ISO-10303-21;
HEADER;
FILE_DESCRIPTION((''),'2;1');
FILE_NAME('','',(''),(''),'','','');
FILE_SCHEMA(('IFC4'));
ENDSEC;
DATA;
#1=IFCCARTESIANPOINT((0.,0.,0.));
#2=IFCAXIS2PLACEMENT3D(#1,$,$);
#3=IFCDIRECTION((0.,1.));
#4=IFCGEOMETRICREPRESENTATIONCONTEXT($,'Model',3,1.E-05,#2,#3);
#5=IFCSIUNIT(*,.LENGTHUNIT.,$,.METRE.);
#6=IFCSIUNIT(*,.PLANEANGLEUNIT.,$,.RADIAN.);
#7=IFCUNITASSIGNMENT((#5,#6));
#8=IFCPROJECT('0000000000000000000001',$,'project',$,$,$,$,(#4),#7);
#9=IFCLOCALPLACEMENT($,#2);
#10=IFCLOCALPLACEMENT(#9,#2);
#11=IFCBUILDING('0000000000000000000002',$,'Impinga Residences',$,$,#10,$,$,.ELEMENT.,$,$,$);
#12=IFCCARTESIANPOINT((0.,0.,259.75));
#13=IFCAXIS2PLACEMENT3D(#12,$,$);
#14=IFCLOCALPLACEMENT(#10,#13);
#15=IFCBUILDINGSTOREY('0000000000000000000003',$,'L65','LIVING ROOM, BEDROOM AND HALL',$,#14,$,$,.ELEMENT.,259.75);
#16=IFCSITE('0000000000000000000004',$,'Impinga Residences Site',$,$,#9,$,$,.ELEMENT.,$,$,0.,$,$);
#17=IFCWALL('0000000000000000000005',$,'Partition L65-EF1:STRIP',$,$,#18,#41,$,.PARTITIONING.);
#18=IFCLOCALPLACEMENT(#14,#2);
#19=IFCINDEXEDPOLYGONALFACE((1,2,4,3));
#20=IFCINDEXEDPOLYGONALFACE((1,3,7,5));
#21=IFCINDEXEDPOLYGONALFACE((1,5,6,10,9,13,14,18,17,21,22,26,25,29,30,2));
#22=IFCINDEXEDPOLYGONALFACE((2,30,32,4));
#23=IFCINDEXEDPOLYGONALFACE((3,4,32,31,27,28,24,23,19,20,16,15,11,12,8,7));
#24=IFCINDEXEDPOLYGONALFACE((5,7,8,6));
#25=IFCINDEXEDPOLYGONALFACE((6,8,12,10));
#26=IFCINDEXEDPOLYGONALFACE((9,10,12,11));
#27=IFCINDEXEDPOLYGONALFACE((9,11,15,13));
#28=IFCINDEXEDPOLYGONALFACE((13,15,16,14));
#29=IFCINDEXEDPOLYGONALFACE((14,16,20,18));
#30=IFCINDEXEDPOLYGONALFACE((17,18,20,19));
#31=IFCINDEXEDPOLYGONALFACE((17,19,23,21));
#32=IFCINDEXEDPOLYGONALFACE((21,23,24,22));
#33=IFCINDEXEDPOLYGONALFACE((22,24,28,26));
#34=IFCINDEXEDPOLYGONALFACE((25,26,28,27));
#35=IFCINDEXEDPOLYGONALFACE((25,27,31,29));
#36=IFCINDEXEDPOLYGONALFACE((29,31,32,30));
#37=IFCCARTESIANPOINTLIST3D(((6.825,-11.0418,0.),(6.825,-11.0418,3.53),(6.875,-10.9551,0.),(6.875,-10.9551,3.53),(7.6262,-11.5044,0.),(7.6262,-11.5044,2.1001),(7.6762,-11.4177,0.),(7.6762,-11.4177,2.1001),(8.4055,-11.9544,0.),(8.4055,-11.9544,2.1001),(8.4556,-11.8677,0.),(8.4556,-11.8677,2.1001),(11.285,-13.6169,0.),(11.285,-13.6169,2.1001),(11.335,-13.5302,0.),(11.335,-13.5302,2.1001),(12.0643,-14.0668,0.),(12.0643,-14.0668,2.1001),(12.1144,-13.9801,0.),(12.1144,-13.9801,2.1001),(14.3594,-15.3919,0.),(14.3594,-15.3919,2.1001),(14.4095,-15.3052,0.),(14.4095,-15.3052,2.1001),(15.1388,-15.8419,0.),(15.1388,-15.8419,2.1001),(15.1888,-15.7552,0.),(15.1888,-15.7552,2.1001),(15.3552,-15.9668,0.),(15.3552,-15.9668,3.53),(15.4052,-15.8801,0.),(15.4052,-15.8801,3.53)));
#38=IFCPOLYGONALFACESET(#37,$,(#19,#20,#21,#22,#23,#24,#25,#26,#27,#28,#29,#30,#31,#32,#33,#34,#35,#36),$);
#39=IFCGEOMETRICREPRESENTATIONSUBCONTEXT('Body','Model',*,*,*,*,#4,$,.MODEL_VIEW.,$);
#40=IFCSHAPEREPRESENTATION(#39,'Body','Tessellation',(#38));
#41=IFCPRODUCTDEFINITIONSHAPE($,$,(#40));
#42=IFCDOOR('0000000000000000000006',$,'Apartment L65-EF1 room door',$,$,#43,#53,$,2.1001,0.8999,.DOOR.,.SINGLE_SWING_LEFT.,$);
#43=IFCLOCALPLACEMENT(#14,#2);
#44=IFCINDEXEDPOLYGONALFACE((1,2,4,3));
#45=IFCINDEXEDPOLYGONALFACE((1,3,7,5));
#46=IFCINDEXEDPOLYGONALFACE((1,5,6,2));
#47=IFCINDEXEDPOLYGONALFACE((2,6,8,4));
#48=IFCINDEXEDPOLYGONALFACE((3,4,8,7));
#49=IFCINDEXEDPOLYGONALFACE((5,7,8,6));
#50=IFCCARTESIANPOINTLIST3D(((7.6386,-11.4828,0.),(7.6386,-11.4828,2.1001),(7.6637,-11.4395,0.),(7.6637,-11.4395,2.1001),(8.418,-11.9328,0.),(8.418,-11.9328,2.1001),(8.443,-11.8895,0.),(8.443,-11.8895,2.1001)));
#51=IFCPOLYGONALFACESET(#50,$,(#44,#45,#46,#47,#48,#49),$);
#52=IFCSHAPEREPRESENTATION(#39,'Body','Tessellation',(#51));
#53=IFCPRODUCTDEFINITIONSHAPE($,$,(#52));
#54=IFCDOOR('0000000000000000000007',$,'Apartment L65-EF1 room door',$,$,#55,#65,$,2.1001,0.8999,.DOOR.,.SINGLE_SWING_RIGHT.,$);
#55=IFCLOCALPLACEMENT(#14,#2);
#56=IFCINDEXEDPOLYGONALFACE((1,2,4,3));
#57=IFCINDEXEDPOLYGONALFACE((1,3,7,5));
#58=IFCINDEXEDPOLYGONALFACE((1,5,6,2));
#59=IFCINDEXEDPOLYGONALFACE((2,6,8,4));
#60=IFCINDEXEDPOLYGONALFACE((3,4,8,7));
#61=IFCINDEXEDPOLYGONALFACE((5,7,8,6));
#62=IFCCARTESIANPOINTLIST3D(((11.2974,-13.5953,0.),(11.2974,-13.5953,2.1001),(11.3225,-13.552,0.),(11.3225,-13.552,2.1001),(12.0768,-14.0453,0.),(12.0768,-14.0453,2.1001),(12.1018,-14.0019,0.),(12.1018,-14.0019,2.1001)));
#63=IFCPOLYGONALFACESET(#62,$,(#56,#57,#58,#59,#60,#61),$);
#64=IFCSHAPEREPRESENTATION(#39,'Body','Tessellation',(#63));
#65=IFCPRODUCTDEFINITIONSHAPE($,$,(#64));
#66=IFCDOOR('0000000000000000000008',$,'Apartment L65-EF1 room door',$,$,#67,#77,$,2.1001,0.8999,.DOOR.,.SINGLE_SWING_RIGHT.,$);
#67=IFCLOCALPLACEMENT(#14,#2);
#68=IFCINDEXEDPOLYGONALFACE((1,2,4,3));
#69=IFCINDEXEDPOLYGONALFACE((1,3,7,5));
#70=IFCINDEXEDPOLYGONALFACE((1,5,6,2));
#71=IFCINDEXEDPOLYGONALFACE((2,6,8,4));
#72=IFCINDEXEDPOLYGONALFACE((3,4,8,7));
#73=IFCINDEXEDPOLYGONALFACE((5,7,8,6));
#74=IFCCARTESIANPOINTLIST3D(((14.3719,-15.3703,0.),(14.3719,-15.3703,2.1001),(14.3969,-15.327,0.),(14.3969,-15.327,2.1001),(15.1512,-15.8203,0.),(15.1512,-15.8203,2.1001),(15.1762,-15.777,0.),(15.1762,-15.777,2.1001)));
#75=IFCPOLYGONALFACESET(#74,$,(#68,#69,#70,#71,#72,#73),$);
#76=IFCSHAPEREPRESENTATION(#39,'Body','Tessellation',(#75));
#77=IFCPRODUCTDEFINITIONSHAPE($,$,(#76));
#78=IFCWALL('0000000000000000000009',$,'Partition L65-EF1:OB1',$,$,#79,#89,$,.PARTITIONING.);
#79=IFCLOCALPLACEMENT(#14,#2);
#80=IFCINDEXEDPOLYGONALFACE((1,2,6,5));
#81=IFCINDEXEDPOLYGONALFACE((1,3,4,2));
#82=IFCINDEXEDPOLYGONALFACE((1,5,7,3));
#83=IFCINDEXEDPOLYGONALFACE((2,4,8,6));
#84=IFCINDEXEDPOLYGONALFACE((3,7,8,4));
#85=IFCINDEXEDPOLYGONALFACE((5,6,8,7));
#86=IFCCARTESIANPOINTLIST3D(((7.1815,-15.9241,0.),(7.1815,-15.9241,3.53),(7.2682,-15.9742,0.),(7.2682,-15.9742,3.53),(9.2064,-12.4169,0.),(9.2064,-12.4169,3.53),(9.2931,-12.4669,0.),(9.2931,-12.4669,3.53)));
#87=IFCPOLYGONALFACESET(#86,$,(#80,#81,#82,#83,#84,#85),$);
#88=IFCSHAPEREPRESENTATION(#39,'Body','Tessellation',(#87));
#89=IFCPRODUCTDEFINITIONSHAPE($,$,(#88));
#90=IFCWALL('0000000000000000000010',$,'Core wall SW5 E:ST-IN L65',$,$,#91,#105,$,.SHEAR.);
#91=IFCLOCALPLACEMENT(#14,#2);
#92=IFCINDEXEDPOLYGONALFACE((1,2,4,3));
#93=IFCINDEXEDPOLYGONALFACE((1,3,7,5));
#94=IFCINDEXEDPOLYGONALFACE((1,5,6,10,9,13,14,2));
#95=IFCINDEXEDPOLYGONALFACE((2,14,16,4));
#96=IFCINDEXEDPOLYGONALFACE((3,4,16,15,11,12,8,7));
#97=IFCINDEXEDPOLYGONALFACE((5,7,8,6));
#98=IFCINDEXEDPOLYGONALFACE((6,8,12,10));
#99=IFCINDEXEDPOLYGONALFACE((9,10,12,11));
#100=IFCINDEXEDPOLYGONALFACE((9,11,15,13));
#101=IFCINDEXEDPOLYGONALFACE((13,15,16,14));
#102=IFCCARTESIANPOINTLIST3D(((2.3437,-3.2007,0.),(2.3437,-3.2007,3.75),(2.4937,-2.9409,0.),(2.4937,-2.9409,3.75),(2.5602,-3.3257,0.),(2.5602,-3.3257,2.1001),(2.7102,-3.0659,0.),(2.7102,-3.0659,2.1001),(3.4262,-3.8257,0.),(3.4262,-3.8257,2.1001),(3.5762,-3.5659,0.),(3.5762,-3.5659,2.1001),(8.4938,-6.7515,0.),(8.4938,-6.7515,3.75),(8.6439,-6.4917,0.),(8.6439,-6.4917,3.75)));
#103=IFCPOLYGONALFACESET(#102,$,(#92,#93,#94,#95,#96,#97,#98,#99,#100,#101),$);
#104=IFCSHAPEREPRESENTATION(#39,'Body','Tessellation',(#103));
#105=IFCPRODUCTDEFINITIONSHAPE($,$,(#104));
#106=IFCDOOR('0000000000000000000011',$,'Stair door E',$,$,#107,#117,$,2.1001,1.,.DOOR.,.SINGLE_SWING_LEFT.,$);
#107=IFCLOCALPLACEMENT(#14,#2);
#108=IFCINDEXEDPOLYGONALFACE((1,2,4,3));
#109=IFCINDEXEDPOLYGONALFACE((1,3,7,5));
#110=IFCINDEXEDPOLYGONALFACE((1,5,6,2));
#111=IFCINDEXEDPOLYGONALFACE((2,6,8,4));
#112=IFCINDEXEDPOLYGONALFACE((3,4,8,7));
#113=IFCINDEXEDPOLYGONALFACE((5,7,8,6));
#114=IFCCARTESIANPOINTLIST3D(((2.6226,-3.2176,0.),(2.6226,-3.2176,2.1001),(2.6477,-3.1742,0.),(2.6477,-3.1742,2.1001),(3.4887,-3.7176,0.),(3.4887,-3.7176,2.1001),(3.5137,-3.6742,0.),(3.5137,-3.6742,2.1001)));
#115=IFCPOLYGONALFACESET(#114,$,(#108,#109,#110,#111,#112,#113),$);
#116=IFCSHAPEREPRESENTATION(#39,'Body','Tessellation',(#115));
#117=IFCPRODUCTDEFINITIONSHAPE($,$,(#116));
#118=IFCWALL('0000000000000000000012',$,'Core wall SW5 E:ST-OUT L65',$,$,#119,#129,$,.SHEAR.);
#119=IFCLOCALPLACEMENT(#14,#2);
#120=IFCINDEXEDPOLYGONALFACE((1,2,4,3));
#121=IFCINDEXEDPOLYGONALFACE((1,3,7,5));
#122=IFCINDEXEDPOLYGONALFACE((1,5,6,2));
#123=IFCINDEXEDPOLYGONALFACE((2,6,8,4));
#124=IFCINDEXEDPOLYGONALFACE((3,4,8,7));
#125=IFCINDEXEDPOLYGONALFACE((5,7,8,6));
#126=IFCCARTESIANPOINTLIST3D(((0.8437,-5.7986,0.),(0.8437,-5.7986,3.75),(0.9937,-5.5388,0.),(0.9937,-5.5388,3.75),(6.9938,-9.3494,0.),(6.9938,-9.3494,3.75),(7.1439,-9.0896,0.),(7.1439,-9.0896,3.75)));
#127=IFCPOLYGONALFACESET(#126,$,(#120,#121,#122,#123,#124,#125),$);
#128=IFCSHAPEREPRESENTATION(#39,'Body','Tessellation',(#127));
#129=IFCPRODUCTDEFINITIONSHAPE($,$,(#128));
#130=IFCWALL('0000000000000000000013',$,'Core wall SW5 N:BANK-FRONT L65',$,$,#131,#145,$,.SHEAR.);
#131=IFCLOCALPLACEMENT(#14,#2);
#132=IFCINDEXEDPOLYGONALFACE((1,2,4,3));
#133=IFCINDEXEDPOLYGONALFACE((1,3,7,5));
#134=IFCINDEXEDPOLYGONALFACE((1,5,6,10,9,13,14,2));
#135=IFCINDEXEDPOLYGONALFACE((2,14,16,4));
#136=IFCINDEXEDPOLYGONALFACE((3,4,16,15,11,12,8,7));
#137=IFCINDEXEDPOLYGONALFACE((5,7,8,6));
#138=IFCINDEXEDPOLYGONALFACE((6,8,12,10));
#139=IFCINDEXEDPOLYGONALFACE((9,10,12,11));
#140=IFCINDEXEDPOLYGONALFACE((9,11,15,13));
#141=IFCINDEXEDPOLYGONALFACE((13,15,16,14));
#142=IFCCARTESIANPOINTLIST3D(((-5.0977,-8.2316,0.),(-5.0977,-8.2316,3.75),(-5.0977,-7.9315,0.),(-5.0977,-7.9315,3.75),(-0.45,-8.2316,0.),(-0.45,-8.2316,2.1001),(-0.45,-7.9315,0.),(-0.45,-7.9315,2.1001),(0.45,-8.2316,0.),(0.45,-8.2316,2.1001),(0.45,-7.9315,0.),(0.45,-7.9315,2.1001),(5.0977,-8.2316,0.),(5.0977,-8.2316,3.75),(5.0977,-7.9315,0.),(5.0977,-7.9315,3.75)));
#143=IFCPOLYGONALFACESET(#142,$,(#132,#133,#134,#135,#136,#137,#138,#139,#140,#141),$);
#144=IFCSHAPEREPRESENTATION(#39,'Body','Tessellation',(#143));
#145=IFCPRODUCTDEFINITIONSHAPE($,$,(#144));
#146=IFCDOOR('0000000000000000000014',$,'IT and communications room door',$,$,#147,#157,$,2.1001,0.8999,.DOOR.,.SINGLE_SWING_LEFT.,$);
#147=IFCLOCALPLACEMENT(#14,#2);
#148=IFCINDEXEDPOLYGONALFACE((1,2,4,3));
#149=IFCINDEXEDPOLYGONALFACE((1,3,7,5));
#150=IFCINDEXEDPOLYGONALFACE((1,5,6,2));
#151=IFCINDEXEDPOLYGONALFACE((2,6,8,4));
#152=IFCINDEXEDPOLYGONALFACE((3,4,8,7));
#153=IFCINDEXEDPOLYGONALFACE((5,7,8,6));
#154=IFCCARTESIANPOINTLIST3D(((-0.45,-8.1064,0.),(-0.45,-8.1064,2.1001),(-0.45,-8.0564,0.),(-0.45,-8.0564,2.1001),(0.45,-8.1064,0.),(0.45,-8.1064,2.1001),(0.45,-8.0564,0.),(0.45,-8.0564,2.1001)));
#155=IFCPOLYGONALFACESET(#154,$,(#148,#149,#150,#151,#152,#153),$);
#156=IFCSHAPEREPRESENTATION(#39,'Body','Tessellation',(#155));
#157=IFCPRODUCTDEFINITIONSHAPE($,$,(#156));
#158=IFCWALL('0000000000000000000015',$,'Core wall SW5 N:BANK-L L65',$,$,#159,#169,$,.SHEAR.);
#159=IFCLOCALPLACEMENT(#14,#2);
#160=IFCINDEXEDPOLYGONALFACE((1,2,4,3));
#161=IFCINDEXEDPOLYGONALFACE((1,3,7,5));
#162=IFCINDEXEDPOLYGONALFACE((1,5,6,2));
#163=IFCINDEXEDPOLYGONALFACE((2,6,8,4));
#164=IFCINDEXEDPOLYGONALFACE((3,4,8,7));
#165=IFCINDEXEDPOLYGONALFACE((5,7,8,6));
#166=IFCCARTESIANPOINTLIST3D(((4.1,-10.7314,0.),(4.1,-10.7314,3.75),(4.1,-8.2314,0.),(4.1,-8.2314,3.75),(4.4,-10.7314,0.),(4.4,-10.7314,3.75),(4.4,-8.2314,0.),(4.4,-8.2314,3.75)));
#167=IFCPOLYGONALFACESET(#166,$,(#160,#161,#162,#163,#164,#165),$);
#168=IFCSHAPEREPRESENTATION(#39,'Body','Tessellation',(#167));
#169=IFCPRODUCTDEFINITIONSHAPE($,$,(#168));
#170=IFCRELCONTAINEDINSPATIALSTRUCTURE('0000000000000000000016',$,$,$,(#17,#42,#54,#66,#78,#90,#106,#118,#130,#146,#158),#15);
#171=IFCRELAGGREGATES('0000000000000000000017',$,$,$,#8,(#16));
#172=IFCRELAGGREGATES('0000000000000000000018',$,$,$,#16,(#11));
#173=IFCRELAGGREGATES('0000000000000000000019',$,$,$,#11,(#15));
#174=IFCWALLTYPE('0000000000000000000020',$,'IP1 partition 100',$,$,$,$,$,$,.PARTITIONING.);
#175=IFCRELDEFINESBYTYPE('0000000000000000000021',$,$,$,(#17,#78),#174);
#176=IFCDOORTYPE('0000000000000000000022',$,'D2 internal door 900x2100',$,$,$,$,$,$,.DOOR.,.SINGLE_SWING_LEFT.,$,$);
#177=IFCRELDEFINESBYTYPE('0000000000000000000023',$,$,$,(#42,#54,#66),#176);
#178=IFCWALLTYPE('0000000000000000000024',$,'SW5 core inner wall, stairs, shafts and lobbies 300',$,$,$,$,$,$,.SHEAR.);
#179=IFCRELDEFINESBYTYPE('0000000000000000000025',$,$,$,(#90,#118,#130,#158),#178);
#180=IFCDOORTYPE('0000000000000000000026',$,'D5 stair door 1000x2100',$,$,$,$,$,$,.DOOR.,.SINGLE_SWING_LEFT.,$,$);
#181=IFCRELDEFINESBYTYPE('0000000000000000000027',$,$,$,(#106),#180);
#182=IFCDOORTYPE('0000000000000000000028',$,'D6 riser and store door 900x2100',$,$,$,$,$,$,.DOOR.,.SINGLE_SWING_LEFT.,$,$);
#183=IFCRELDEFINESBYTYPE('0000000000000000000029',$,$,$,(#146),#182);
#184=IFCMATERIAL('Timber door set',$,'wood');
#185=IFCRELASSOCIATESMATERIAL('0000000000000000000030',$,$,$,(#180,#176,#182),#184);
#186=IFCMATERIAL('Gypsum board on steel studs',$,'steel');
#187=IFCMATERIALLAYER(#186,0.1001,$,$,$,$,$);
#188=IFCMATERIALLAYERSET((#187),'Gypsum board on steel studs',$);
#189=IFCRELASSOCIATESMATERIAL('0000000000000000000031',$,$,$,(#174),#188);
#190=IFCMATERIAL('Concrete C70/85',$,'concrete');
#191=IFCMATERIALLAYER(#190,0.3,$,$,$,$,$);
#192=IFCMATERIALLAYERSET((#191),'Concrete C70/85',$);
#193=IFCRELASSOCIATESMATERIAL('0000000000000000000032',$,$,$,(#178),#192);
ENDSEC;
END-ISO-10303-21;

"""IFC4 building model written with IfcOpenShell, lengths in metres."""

from ifc_helpers import new_model, si_unit, direction, frame, frame_2d, origin, place, context, subcontext, project, spatial, rectangle, extrude, material, layer, layer_set, type_object, element, fill, save


model = new_model("IFC4")

# Units and contexts
model_context = context("Model", 3, precision=1e-05, world=origin(), true_north=direction((0.0, 1.0)))
body_context = subcontext(model_context, "Body", "Model", "MODEL_VIEW")
ifc_project = project(units=[si_unit("LENGTHUNIT", "METRE"), si_unit("PLANEANGLEUNIT", "RADIAN")], contexts=[model_context])

# Site, building, storey
site_placement = place(None, origin())
site = spatial("IfcSite", under=ifc_project, at=site_placement, Name="Impinga Residences Site", CompositionType="ELEMENT", RefElevation=0.0)
building_placement = place(site_placement, origin())
building = spatial("IfcBuilding", under=site, at=building_placement, Name="Impinga Residences", CompositionType="ELEMENT")
storey_placement = place(building_placement, frame((0.0, 0.0, 259.75)))
storey = spatial("IfcBuildingStorey", under=building, at=storey_placement, Name="L65", Description="LIVING ROOM, BEDROOM AND HALL", CompositionType="ELEMENT", Elevation=259.75)

# Shared definitions
ifc_material_1 = material(Name="Timber door set", Category="wood")
door_type_1 = type_object("IfcDoorType", Name="D5 stair door 1000x2100", OperationType="SINGLE_SWING_LEFT", PredefinedType="DOOR", material=ifc_material_1)

# Shared definitions
ifc_material_2 = material(Name="Gypsum board on steel studs", Category="steel")
ifc_layer_1 = layer(ifc_material_2, 0.1001)
ifc_layer_set_1 = layer_set([ifc_layer_1], Name="Gypsum board on steel studs")
wall_type_1 = type_object("IfcWallType", Name="IP1 partition 100", PredefinedType="PARTITIONING", material=ifc_layer_set_1)

# Wall, openings, doors
wall_1_placement = place(storey_placement, frame((6.8501, -10.9985, 0.0), z_axis=(0.0, 0.0, 1.0), x_axis=(0.866021, -0.500007, 0.0)))
wall_1 = element("IfcWall", 1, at=wall_1_placement, inside=storey, type_object=wall_type_1, Name="Partition L65-EF1:STRIP", PredefinedType="PARTITIONING", context=body_context, shape_type="SweptSolid", body=[
    extrude(rectangle(XDim=9.8499, YDim=0.1001, at=frame_2d((4.9248, 0.0))), origin(), (0.0, 0.0, 1.0), 3.53),
])
opening_1_placement = place(wall_1_placement, frame((0.925, 0.0, 0.0)))
opening_1 = element("IfcOpeningElement", 2, at=opening_1_placement, cuts=wall_1, PredefinedType="OPENING", context=body_context, shape_type="SweptSolid", body=[
    extrude(rectangle(XDim=0.8999, YDim=2.1001, at=frame_2d((0.45, 1.05))), frame((0.0, 0.0601, 0.0), z_axis=(0.0, -1.0, 0.0), x_axis=(1.0, 0.0, 0.0)), (0.0, 0.0, 1.0), 0.1201),
])
opening_2_placement = place(wall_1_placement, frame((5.1499, 0.0, 0.0)))
opening_2 = element("IfcOpeningElement", 3, at=opening_2_placement, cuts=wall_1, PredefinedType="OPENING", context=body_context, shape_type="SweptSolid", body=[
    extrude(rectangle(XDim=0.8999, YDim=2.1001, at=frame_2d((0.45, 1.05))), frame((0.0, 0.0601, 0.0), z_axis=(0.0, -1.0, 0.0), x_axis=(1.0, 0.0, 0.0)), (0.0, 0.0, 1.0), 0.1201),
])
opening_3_placement = place(wall_1_placement, frame((8.7, 0.0, 0.0)))
opening_3 = element("IfcOpeningElement", 4, at=opening_3_placement, cuts=wall_1, PredefinedType="OPENING", context=body_context, shape_type="SweptSolid", body=[
    extrude(rectangle(XDim=0.8999, YDim=2.1001, at=frame_2d((0.45, 1.05))), frame((0.0, 0.0601, 0.0), z_axis=(0.0, -1.0, 0.0), x_axis=(1.0, 0.0, 0.0)), (0.0, 0.0, 1.0), 0.1201),
])
door_type_2 = type_object("IfcDoorType", Name="D2 internal door 900x2100", OperationType="SINGLE_SWING_LEFT", PredefinedType="DOOR", material=ifc_material_1)
door_1_placement = place(opening_1_placement, origin())
door_1 = element("IfcDoor", 5, at=door_1_placement, inside=storey, type_object=door_type_2, Name="Apartment L65-EF1 room door", OperationType="SINGLE_SWING_LEFT", OverallHeight=2.1001, OverallWidth=0.8999, PredefinedType="DOOR", context=body_context, shape_type="SweptSolid", body=[
    extrude(rectangle(XDim=0.8999, YDim=2.1001, at=frame_2d((0.45, 1.05))), frame((0.0, 0.0249, 0.0), z_axis=(0.0, -1.0, 0.0), x_axis=(1.0, 0.0, 0.0)), (0.0, 0.0, 1.0), 0.05),
])
fill(opening_1, door_1)
door_2_placement = place(opening_2_placement, origin())
door_2 = element("IfcDoor", 6, at=door_2_placement, inside=storey, type_object=door_type_2, Name="Apartment L65-EF1 room door", OperationType="SINGLE_SWING_RIGHT", OverallHeight=2.1001, OverallWidth=0.8999, PredefinedType="DOOR", context=body_context, shape_type="SweptSolid", body=[
    extrude(rectangle(XDim=0.8999, YDim=2.1001, at=frame_2d((0.45, 1.05))), frame((0.0, 0.0249, 0.0), z_axis=(0.0, -1.0, 0.0), x_axis=(1.0, 0.0, 0.0)), (0.0, 0.0, 1.0), 0.05),
])
fill(opening_2, door_2)
door_3_placement = place(opening_3_placement, origin())
door_3 = element("IfcDoor", 7, at=door_3_placement, inside=storey, type_object=door_type_2, Name="Apartment L65-EF1 room door", OperationType="SINGLE_SWING_RIGHT", OverallHeight=2.1001, OverallWidth=0.8999, PredefinedType="DOOR", context=body_context, shape_type="SweptSolid", body=[
    extrude(rectangle(XDim=0.8999, YDim=2.1001, at=frame_2d((0.45, 1.05))), frame((0.0, 0.0249, 0.0), z_axis=(0.0, -1.0, 0.0), x_axis=(1.0, 0.0, 0.0)), (0.0, 0.0, 1.0), 0.05),
])
fill(opening_3, door_3)

# Wall
wall_2_placement = place(storey_placement, frame((9.2498, -12.4419, 0.0), z_axis=(0.0, 0.0, 1.0), x_axis=(-0.49999, -0.866031, 0.0)))
element("IfcWall", 8, at=wall_2_placement, inside=storey, type_object=wall_type_1, Name="Partition L65-EF1:OB1", PredefinedType="PARTITIONING", context=body_context, shape_type="SweptSolid", body=[
    extrude(rectangle(XDim=4.0498, YDim=0.1001, at=frame_2d((2.0249, 0.0))), origin(), (0.0, 0.0, 1.0), 3.53),
])

# Wall, opening, door
ifc_material_3 = material(Name="Concrete C70/85", Category="concrete")
ifc_layer_2 = layer(ifc_material_3, 0.3)
ifc_layer_set_2 = layer_set([ifc_layer_2], Name="Concrete C70/85")
wall_type_2 = type_object("IfcWallType", Name="SW5 core inner wall, stairs, shafts and lobbies 300", PredefinedType="SHEAR", material=ifc_layer_set_2)
wall_3_placement = place(storey_placement, frame((2.4187, -3.0708, 0.0), z_axis=(0.0, 0.0, 1.0), x_axis=(0.866026, -0.499999, 0.0)))
wall_3 = element("IfcWall", 9, at=wall_3_placement, inside=storey, type_object=wall_type_2, Name="Core wall SW5 E:ST-IN L65", PredefinedType="SHEAR", context=body_context, shape_type="SweptSolid", body=[
    extrude(rectangle(XDim=7.1016, YDim=0.3, at=frame_2d((3.5508, 0.0))), origin(), (0.0, 0.0, 1.0), 3.75),
])
opening_4_placement = place(wall_3_placement, frame((0.25, 0.0, 0.0)))
opening_4 = element("IfcOpeningElement", 10, at=opening_4_placement, cuts=wall_3, PredefinedType="OPENING", context=body_context, shape_type="SweptSolid", body=[
    extrude(rectangle(XDim=1.0, YDim=2.1001, at=frame_2d((0.5, 1.05))), frame((0.0, 0.1599, 0.0), z_axis=(0.0, -1.0, 0.0), x_axis=(1.0, 0.0, 0.0)), (0.0, 0.0, 1.0), 0.3201),
])
door_4_placement = place(opening_4_placement, origin())
door_4 = element("IfcDoor", 11, at=door_4_placement, inside=storey, type_object=door_type_1, Name="Stair door E", OperationType="SINGLE_SWING_LEFT", OverallHeight=2.1001, OverallWidth=1.0, PredefinedType="DOOR", context=body_context, shape_type="SweptSolid", body=[
    extrude(rectangle(XDim=1.0, YDim=2.1001, at=frame_2d((0.5, 1.05))), frame((0.0, 0.0249, 0.0), z_axis=(0.0, -1.0, 0.0), x_axis=(1.0, 0.0, 0.0)), (0.0, 0.0, 1.0), 0.05),
])
fill(opening_4, door_4)

# Wall
wall_4_placement = place(storey_placement, frame((0.9187, -5.6687, 0.0), z_axis=(0.0, 0.0, 1.0), x_axis=(0.866026, -0.499999, 0.0)))
element("IfcWall", 12, at=wall_4_placement, inside=storey, type_object=wall_type_2, Name="Core wall SW5 E:ST-OUT L65", PredefinedType="SHEAR", context=body_context, shape_type="SweptSolid", body=[
    extrude(rectangle(XDim=7.1016, YDim=0.3, at=frame_2d((3.5508, 0.0))), origin(), (0.0, 0.0, 1.0), 3.75),
])

# Wall, opening, door
wall_5_placement = place(storey_placement, frame((5.0977, -8.0815, 0.0), z_axis=(0.0, 0.0, 1.0), x_axis=(-1.0, 0.0, 0.0)))
wall_5 = element("IfcWall", 13, at=wall_5_placement, inside=storey, type_object=wall_type_2, Name="Core wall SW5 N:BANK-FRONT L65", PredefinedType="SHEAR", context=body_context, shape_type="SweptSolid", body=[
    extrude(rectangle(XDim=10.1953, YDim=0.3, at=frame_2d((5.0977, 0.0))), origin(), (0.0, 0.0, 1.0), 3.75),
])
opening_5_placement = place(wall_5_placement, frame((4.6477, 0.0, 0.0)))
opening_5 = element("IfcOpeningElement", 14, at=opening_5_placement, cuts=wall_5, PredefinedType="OPENING", context=body_context, shape_type="SweptSolid", body=[
    extrude(rectangle(XDim=0.8999, YDim=2.1001, at=frame_2d((0.45, 1.05))), frame((0.0, 0.1599, 0.0), z_axis=(0.0, -1.0, 0.0), x_axis=(1.0, 0.0, 0.0)), (0.0, 0.0, 1.0), 0.3201),
])
door_type_3 = type_object("IfcDoorType", Name="D6 riser and store door 900x2100", OperationType="SINGLE_SWING_LEFT", PredefinedType="DOOR", material=ifc_material_1)
door_5_placement = place(opening_5_placement, origin())
door_5 = element("IfcDoor", 15, at=door_5_placement, inside=storey, type_object=door_type_3, Name="IT and communications room door", OperationType="SINGLE_SWING_LEFT", OverallHeight=2.1001, OverallWidth=0.8999, PredefinedType="DOOR", context=body_context, shape_type="SweptSolid", body=[
    extrude(rectangle(XDim=0.8999, YDim=2.1001, at=frame_2d((0.45, 1.05))), frame((0.0, 0.0249, 0.0), z_axis=(0.0, -1.0, 0.0), x_axis=(1.0, 0.0, 0.0)), (0.0, 0.0, 1.0), 0.05),
])
fill(opening_5, door_5)

# Wall
wall_6_placement = place(storey_placement, frame((4.25, -8.2314, 0.0), z_axis=(0.0, 0.0, 1.0), x_axis=(0.0, -1.0, 0.0)))
element("IfcWall", 16, at=wall_6_placement, inside=storey, type_object=wall_type_2, Name="Core wall SW5 N:BANK-L L65", PredefinedType="SHEAR", context=body_context, shape_type="SweptSolid", body=[
    extrude(rectangle(XDim=2.5, YDim=0.3, at=frame_2d((1.25, 0.0))), origin(), (0.0, 0.0, 1.0), 3.75),
])

save(model, "model.ifc")
